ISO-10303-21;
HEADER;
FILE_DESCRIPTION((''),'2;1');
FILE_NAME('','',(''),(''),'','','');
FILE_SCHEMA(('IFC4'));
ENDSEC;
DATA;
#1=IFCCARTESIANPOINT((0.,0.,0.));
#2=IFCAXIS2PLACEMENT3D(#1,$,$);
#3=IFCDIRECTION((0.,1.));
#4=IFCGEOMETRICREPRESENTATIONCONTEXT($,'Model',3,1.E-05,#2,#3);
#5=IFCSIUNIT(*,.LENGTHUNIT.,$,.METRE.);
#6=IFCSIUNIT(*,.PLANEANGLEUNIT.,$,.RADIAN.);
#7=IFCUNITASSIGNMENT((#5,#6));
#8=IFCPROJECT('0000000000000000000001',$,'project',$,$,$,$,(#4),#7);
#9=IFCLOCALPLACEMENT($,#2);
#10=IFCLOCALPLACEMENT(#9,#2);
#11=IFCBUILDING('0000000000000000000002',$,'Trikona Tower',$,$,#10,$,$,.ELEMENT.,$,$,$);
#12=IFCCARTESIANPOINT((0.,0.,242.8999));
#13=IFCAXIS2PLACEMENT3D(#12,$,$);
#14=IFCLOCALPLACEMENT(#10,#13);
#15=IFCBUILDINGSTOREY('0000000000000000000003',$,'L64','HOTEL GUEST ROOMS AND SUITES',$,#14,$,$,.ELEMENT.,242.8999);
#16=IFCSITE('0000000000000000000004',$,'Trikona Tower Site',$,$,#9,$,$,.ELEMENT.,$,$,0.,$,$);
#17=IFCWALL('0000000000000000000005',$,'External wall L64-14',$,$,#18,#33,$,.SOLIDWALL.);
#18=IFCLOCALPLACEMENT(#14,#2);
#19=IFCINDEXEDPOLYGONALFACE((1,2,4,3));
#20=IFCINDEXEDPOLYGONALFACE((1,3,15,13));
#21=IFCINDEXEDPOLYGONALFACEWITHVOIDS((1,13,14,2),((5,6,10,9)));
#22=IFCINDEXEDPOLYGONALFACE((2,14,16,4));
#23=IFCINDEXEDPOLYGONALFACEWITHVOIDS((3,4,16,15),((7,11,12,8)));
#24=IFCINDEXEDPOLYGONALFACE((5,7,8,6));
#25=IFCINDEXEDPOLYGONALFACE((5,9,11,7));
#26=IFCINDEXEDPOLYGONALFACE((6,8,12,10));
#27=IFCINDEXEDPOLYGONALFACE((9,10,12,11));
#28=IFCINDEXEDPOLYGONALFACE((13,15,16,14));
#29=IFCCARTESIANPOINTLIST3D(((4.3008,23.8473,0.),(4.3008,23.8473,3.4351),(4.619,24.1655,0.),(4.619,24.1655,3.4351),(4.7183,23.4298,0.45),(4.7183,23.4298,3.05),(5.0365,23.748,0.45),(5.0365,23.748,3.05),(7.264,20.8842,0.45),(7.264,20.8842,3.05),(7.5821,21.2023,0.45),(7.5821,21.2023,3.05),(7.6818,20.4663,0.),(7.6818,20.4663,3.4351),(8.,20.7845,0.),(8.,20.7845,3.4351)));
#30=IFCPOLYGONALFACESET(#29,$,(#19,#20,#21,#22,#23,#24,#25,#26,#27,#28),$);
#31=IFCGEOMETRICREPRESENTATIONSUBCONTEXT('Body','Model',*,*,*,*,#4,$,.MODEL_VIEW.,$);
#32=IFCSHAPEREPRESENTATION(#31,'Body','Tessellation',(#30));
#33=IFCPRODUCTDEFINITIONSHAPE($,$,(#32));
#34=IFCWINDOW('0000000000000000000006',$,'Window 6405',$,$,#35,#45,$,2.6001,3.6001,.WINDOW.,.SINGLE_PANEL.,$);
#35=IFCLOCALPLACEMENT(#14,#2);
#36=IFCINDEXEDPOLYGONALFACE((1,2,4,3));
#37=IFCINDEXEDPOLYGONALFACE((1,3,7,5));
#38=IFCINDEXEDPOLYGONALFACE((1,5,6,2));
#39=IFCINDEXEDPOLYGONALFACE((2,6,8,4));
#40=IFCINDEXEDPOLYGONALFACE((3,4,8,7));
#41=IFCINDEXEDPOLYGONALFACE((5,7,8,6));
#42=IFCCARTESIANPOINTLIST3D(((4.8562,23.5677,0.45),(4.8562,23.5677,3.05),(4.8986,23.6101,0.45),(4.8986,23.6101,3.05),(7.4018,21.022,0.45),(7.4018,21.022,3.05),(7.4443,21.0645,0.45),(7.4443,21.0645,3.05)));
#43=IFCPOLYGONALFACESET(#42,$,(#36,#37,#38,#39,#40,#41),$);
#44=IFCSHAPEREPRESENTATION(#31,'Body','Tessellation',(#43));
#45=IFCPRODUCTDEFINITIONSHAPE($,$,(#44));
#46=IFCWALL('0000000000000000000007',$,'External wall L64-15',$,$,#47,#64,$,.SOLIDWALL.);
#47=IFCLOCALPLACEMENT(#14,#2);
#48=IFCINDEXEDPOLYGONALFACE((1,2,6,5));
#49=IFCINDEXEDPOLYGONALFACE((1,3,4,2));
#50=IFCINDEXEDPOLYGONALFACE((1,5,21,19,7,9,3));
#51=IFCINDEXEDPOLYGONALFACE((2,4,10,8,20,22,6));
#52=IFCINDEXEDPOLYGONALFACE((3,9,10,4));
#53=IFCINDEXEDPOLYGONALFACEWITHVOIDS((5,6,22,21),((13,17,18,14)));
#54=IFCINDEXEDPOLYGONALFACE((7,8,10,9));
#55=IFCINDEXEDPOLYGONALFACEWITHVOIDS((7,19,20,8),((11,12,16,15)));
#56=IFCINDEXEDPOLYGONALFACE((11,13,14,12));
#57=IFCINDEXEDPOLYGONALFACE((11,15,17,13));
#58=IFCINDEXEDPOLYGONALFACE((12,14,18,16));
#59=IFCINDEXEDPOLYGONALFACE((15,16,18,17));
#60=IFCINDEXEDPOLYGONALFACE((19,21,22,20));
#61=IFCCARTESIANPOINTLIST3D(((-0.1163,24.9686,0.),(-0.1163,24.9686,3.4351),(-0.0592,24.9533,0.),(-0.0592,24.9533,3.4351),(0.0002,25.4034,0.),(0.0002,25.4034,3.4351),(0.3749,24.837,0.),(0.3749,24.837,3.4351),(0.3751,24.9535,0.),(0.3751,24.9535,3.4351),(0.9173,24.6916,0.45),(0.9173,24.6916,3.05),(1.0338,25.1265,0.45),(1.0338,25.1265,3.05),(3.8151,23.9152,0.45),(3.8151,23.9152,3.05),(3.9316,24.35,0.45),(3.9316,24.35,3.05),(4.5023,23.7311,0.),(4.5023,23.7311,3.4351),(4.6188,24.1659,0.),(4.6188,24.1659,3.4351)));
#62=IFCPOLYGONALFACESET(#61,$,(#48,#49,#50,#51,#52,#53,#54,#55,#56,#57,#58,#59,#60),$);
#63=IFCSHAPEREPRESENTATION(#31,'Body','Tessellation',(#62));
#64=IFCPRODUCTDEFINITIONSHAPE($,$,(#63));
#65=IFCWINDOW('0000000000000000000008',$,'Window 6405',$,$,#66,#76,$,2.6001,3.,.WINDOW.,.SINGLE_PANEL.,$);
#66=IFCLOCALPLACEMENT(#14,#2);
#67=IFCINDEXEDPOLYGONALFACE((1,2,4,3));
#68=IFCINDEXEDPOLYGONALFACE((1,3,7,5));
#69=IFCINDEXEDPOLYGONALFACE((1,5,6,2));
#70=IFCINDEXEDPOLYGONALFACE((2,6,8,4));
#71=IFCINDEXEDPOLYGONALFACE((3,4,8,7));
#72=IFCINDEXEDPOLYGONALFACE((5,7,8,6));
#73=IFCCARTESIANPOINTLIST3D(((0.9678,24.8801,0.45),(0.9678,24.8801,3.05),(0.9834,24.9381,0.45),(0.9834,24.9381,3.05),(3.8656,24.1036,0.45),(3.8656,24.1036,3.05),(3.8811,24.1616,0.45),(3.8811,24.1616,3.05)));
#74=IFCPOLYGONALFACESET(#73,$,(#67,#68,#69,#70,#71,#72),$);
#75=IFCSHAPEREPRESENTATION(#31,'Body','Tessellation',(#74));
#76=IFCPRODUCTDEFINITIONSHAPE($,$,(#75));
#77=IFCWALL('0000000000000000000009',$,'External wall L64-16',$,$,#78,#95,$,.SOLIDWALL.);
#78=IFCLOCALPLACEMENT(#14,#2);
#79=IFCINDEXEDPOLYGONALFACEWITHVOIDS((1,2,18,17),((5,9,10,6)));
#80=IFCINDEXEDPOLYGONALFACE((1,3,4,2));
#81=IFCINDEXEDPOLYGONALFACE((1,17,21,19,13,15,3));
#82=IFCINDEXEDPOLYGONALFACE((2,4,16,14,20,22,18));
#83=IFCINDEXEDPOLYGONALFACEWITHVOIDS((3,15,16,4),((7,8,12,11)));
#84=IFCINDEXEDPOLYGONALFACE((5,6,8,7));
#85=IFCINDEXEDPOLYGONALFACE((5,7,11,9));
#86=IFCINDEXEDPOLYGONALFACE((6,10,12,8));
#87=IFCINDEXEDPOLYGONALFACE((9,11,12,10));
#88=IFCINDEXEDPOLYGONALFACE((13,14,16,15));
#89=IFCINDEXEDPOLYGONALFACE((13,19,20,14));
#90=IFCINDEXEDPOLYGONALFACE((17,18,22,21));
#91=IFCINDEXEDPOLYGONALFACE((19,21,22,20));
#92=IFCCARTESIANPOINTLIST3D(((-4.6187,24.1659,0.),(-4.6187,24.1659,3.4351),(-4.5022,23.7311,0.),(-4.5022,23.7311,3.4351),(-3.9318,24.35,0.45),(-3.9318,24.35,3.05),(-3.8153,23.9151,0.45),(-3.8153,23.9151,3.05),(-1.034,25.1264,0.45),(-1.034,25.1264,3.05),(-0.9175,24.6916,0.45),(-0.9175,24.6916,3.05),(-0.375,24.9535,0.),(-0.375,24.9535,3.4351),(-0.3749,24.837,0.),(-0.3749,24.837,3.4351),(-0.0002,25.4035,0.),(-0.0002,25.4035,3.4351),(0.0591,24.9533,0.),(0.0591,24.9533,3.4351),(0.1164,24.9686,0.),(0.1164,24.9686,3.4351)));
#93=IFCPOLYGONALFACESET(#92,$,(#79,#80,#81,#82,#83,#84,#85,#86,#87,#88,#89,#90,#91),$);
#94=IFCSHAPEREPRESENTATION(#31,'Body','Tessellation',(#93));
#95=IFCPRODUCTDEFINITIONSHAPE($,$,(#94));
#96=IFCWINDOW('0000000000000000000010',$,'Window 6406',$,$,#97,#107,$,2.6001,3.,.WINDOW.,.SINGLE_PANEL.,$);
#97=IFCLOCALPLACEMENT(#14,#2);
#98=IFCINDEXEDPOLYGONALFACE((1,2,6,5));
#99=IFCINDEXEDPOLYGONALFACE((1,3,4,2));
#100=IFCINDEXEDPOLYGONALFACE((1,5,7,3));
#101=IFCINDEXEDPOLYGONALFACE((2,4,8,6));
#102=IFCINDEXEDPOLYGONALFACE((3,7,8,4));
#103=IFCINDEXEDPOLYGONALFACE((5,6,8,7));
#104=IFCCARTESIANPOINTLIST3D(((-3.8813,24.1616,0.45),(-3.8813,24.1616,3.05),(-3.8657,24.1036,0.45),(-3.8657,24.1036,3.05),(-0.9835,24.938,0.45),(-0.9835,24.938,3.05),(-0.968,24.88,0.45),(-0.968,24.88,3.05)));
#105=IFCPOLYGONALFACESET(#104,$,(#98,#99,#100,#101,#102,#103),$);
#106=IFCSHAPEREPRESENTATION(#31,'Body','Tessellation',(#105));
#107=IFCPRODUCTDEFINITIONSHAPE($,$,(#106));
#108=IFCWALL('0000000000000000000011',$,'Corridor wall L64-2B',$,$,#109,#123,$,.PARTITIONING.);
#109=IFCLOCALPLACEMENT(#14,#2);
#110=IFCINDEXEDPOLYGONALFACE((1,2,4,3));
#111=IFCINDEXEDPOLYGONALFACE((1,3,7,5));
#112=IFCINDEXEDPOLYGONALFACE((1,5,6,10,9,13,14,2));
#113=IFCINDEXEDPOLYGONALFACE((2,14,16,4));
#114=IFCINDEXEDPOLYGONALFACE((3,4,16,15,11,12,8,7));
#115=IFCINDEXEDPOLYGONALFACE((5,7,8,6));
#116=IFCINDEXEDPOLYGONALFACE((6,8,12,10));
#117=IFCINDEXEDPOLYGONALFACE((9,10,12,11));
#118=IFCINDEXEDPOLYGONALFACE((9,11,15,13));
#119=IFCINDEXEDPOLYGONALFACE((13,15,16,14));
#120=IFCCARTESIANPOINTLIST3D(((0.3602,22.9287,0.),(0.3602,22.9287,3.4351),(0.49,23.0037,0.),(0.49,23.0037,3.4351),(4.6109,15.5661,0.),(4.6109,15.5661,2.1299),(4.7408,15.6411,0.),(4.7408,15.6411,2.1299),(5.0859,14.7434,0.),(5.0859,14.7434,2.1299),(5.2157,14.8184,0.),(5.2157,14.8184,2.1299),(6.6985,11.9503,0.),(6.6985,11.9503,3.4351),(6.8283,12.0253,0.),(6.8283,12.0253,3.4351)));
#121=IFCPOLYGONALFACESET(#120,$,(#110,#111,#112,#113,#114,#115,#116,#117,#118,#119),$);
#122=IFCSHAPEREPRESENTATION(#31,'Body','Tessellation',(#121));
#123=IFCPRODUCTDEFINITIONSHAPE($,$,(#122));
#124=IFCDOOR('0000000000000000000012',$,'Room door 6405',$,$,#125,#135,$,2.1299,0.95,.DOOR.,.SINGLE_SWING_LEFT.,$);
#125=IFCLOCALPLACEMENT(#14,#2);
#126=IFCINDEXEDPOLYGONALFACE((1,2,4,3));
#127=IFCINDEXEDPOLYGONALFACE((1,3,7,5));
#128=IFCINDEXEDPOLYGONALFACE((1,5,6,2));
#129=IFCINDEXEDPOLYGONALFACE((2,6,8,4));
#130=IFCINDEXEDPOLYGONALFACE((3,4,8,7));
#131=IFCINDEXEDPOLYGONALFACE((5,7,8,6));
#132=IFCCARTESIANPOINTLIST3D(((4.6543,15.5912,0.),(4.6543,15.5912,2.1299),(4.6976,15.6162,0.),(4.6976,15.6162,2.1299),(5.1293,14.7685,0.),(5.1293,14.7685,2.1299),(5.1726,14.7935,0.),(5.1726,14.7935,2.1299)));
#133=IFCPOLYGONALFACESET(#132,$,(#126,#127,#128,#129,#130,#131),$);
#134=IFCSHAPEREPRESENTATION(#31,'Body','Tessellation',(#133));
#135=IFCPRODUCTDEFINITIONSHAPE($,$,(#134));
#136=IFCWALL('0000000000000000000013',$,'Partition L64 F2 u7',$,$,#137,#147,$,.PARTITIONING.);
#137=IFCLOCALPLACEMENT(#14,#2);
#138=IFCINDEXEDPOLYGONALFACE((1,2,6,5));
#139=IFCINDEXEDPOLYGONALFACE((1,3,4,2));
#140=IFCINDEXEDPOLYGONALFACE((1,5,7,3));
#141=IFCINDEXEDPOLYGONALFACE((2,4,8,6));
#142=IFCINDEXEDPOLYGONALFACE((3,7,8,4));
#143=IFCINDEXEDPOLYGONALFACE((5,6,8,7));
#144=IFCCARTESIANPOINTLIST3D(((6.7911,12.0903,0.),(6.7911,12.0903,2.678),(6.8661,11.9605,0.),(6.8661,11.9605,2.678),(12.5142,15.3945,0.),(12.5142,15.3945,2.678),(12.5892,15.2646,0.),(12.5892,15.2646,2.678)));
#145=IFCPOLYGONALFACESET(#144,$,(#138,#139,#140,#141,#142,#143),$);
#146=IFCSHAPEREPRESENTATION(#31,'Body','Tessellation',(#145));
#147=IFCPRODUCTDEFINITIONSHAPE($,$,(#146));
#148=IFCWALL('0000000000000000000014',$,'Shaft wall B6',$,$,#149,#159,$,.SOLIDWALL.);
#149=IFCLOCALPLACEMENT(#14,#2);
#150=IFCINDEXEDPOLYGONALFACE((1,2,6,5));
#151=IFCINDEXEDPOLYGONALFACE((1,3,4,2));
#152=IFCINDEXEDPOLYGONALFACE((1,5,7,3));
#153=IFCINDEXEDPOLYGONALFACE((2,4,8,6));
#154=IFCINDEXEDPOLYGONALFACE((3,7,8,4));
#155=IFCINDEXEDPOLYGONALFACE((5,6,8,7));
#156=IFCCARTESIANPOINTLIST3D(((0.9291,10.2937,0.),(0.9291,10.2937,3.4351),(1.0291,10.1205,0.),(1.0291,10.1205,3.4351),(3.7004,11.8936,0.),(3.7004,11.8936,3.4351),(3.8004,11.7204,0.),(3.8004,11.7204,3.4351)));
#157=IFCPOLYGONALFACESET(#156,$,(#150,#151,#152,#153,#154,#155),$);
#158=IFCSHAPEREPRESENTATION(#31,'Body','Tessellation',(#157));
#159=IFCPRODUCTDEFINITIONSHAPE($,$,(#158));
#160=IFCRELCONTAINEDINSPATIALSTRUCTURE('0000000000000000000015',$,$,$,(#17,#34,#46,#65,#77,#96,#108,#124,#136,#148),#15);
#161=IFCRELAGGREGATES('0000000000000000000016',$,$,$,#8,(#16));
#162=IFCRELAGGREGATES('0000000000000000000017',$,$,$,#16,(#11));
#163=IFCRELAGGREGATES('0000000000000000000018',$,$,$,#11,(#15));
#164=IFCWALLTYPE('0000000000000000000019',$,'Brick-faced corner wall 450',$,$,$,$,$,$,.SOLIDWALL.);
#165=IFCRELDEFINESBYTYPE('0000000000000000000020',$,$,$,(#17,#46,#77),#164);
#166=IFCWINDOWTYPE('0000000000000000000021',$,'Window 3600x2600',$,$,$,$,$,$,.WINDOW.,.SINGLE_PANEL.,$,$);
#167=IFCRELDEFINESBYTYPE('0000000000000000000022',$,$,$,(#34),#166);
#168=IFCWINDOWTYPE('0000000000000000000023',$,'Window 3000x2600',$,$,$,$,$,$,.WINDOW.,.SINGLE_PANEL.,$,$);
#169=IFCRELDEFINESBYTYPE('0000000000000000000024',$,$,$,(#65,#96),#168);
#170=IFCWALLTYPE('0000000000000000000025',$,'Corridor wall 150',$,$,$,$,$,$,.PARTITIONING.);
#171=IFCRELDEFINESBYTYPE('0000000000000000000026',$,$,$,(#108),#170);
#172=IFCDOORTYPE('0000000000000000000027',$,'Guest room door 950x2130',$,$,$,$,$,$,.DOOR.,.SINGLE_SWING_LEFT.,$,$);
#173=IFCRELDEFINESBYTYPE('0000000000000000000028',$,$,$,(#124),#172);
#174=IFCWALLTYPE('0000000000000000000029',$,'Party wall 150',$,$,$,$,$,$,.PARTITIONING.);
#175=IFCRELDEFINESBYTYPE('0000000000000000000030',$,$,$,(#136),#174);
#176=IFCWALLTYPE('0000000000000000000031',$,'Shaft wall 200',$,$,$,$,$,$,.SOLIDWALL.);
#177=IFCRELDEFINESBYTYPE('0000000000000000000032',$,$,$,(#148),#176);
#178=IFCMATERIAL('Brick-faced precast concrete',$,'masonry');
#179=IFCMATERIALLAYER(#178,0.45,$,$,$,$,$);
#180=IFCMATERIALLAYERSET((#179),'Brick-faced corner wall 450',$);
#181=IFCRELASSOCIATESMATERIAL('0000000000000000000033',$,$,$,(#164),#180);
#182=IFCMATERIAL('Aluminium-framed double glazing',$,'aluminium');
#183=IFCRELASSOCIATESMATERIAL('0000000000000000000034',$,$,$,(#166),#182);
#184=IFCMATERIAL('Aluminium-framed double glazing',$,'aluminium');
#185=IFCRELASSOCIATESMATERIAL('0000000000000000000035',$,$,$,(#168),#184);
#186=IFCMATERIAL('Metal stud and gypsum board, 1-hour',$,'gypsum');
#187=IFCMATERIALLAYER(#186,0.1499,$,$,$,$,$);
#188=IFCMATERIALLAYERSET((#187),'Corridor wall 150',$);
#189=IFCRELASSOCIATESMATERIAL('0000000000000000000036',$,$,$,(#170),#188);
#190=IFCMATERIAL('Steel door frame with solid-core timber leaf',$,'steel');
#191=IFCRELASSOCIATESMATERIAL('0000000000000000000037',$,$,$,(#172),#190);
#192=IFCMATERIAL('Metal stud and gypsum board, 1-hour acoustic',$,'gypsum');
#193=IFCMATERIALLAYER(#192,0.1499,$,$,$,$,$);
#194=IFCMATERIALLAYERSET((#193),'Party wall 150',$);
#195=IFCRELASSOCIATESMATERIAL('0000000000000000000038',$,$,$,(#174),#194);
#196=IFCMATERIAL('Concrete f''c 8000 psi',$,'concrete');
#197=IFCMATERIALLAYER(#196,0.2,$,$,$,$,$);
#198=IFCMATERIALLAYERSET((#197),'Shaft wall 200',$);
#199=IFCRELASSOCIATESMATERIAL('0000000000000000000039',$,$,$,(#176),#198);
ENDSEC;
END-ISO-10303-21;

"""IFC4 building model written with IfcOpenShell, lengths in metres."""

from ifc_helpers import new_model, si_unit, direction, frame, frame_2d, origin, place, context, subcontext, project, spatial, polyline, rectangle, outline, extrude, material, layer, layer_set, type_object, element, fill, save


model = new_model("IFC4")

# Units and contexts
model_context = context("Model", 3, precision=1e-05, world=origin(), true_north=direction((0.0, 1.0)))
body_context = subcontext(model_context, "Body", "Model", "MODEL_VIEW")
ifc_project = project(units=[si_unit("LENGTHUNIT", "METRE"), si_unit("PLANEANGLEUNIT", "RADIAN")], contexts=[model_context])

# Site, building, storey
site_placement = place(None, origin())
site = spatial("IfcSite", under=ifc_project, at=site_placement, Name="Trikona Tower Site", CompositionType="ELEMENT", RefElevation=0.0)
building_placement = place(site_placement, origin())
building = spatial("IfcBuilding", under=site, at=building_placement, Name="Trikona Tower", CompositionType="ELEMENT")
storey_placement = place(building_placement, frame((0.0, 0.0, 242.8999)))
storey = spatial("IfcBuildingStorey", under=building, at=storey_placement, Name="L64", Description="HOTEL GUEST ROOMS AND SUITES", CompositionType="ELEMENT", Elevation=242.8999)

# Walls, openings, windows
ifc_material_1 = material(Name="Brick-faced precast concrete", Category="masonry")
ifc_layer_1 = layer(ifc_material_1, 0.45)
ifc_layer_set_1 = layer_set([ifc_layer_1], Name="Brick-faced corner wall 450")
wall_type_1 = type_object("IfcWallType", Name="Brick-faced corner wall 450", PredefinedType="SOLIDWALL", material=ifc_layer_set_1)
wall_1_placement = place(storey_placement, frame((7.8408, 20.6255, 0.0), z_axis=(0.0, 0.0, 1.0), x_axis=(-0.707107, 0.707107, 0.0)))
wall_1 = element("IfcWall", 1, at=wall_1_placement, inside=storey, type_object=wall_type_1, Name="External wall L64-14", PredefinedType="SOLIDWALL", context=body_context, shape_type="SweptSolid", body=[
    extrude(rectangle(XDim=4.7815, YDim=0.45, at=frame_2d((2.3906, 0.0))), origin(), (0.0, 0.0, 1.0), 3.4351),
])
opening_1_placement = place(wall_1_placement, frame((0.5908, 0.0, 0.45)))
opening_1 = element("IfcOpeningElement", 2, at=opening_1_placement, cuts=wall_1, PredefinedType="OPENING", context=body_context, shape_type="SweptSolid", body=[
    extrude(rectangle(XDim=3.6001, YDim=2.6001, at=frame_2d((1.8, 1.3))), frame((0.0, 0.2349, 0.0), z_axis=(0.0, -1.0, 0.0), x_axis=(1.0, 0.0, 0.0)), (0.0, 0.0, 1.0), 0.47),
])
ifc_material_2 = material(Name="Aluminium-framed double glazing", Category="aluminium")
window_type_1 = type_object("IfcWindowType", Name="Window 3600x2600", PartitioningType="SINGLE_PANEL", PredefinedType="WINDOW", material=ifc_material_2)
window_1_placement = place(opening_1_placement, origin())
window_1 = element("IfcWindow", 3, at=window_1_placement, inside=storey, type_object=window_type_1, Name="Window 6405", OverallHeight=2.6001, OverallWidth=3.6001, PartitioningType="SINGLE_PANEL", PredefinedType="WINDOW", context=body_context, shape_type="SweptSolid", body=[
    extrude(rectangle(XDim=3.6001, YDim=2.6001, at=frame_2d((1.8, 1.3))), frame((0.0, 0.03, 0.0), z_axis=(0.0, -1.0, 0.0), x_axis=(1.0, 0.0, 0.0)), (0.0, 0.0, 1.0), 0.0601),
])
fill(opening_1, window_1)
wall_2_placement = place(storey_placement, frame((4.5605, 23.9485, 0.0), z_axis=(0.0, 0.0, 1.0), x_axis=(-0.965927, 0.258816, 0.0)))
wall_2 = element("IfcWall", 4, at=wall_2_placement, inside=storey, type_object=wall_type_1, Name="External wall L64-15", PredefinedType="SOLIDWALL", context=body_context, shape_type="SweptSolid", body=[
    extrude(outline(polyline([(4.7815, 0.2251), (4.7224, 0.2251), (4.303, 0.1125), (4.2729, 0.2251), (0.0, 0.2251), (0.0, -0.2251), (4.7815, -0.2251), (4.7815, 0.2251)])), origin(), (0.0, 0.0, 1.0), 3.4351),
])
opening_2_placement = place(wall_2_placement, frame((0.7114, 0.0, 0.45)))
opening_2 = element("IfcOpeningElement", 5, at=opening_2_placement, cuts=wall_2, PredefinedType="OPENING", context=body_context, shape_type="SweptSolid", body=[
    extrude(rectangle(XDim=3.0, YDim=2.6001, at=frame_2d((1.5, 1.3))), frame((0.0, 0.2349, 0.0), z_axis=(0.0, -1.0, 0.0), x_axis=(1.0, 0.0, 0.0)), (0.0, 0.0, 1.0), 0.47),
])
ifc_material_3 = material(Name="Aluminium-framed double glazing", Category="aluminium")
window_type_2 = type_object("IfcWindowType", Name="Window 3000x2600", PartitioningType="SINGLE_PANEL", PredefinedType="WINDOW", material=ifc_material_3)
window_2_placement = place(opening_2_placement, origin())
window_2 = element("IfcWindow", 6, at=window_2_placement, inside=storey, type_object=window_type_2, Name="Window 6405", OverallHeight=2.6001, OverallWidth=3.0, PartitioningType="SINGLE_PANEL", PredefinedType="WINDOW", context=body_context, shape_type="SweptSolid", body=[
    extrude(rectangle(XDim=3.0, YDim=2.6001, at=frame_2d((1.5, 1.3))), frame((0.0, 0.03, 0.0), z_axis=(0.0, -1.0, 0.0), x_axis=(1.0, 0.0, 0.0)), (0.0, 0.0, 1.0), 0.0601),
])
fill(opening_2, window_2)
wall_3_placement = place(storey_placement, frame((0.0581, 25.186, 0.0), z_axis=(0.0, 0.0, 1.0), x_axis=(-0.965927, -0.258816, 0.0)))
wall_3 = element("IfcWall", 7, at=wall_3_placement, inside=storey, type_object=wall_type_1, Name="External wall L64-16", PredefinedType="SOLIDWALL", context=body_context, shape_type="SweptSolid", body=[
    extrude(outline(polyline([(4.7815, 0.2251), (0.5085, 0.2251), (0.4785, 0.1125), (0.0593, 0.2251), (0.0, 0.2251), (0.0, -0.2251), (4.7815, -0.2251), (4.7815, 0.2251)])), origin(), (0.0, 0.0, 1.0), 3.4351),
])
opening_3_placement = place(wall_3_placement, frame((1.0703, 0.0, 0.45)))
opening_3 = element("IfcOpeningElement", 8, at=opening_3_placement, cuts=wall_3, PredefinedType="OPENING", context=body_context, shape_type="SweptSolid", body=[
    extrude(rectangle(XDim=3.0, YDim=2.6001, at=frame_2d((1.5, 1.3))), frame((0.0, 0.2349, 0.0), z_axis=(0.0, -1.0, 0.0), x_axis=(1.0, 0.0, 0.0)), (0.0, 0.0, 1.0), 0.47),
])
window_3_placement = place(opening_3_placement, origin())
window_3 = element("IfcWindow", 9, at=window_3_placement, inside=storey, type_object=window_type_2, Name="Window 6406", OverallHeight=2.6001, OverallWidth=3.0, PartitioningType="SINGLE_PANEL", PredefinedType="WINDOW", context=body_context, shape_type="SweptSolid", body=[
    extrude(rectangle(XDim=3.0, YDim=2.6001, at=frame_2d((1.5, 1.3))), frame((0.0, 0.03, 0.0), z_axis=(0.0, -1.0, 0.0), x_axis=(1.0, 0.0, 0.0)), (0.0, 0.0, 1.0), 0.0601),
])
fill(opening_3, window_3)

# Wall, opening, door
ifc_material_4 = material(Name="Metal stud and gypsum board, 1-hour", Category="gypsum")
ifc_layer_2 = layer(ifc_material_4, 0.1499)
ifc_layer_set_2 = layer_set([ifc_layer_2], Name="Corridor wall 150")
wall_type_2 = type_object("IfcWallType", Name="Corridor wall 150", PredefinedType="PARTITIONING", material=ifc_layer_set_2)
wall_4_placement = place(storey_placement, frame((6.7634, 11.9878, 0.0), z_axis=(0.0, 0.0, 1.0), x_axis=(-0.499996, 0.866028, 0.0)))
wall_4 = element("IfcWall", 10, at=wall_4_placement, inside=storey, type_object=wall_type_2, Name="Corridor wall L64-2B", PredefinedType="PARTITIONING", context=body_context, shape_type="SweptSolid", body=[
    extrude(rectangle(XDim=12.6768, YDim=0.1499, at=frame_2d((6.3384, 0.0))), origin(), (0.0, 0.0, 1.0), 3.4351),
])
opening_4_placement = place(wall_4_placement, frame((3.2251, 0.0, 0.0)))
opening_4 = element("IfcOpeningElement", 11, at=opening_4_placement, cuts=wall_4, PredefinedType="OPENING", context=body_context, shape_type="SweptSolid", body=[
    extrude(rectangle(XDim=0.95, YDim=2.1299, at=frame_2d((0.4751, 1.0649))), frame((0.0, 0.085, 0.0), z_axis=(0.0, -1.0, 0.0), x_axis=(1.0, 0.0, 0.0)), (0.0, 0.0, 1.0), 0.1699),
])
ifc_material_5 = material(Name="Steel door frame with solid-core timber leaf", Category="steel")
door_type_1 = type_object("IfcDoorType", Name="Guest room door 950x2130", OperationType="SINGLE_SWING_LEFT", PredefinedType="DOOR", material=ifc_material_5)
door_1_placement = place(opening_4_placement, origin())
door_1 = element("IfcDoor", 12, at=door_1_placement, inside=storey, type_object=door_type_1, Name="Room door 6405", OperationType="SINGLE_SWING_LEFT", OverallHeight=2.1299, OverallWidth=0.95, PredefinedType="DOOR", context=body_context, shape_type="SweptSolid", body=[
    extrude(rectangle(XDim=0.95, YDim=2.1299, at=frame_2d((0.4751, 1.0649))), frame((0.0, 0.0249, 0.0), z_axis=(0.0, -1.0, 0.0), x_axis=(1.0, 0.0, 0.0)), (0.0, 0.0, 1.0), 0.05),
])
fill(opening_4, door_1)

# Walls
ifc_material_6 = material(Name="Metal stud and gypsum board, 1-hour acoustic", Category="gypsum")
ifc_layer_3 = layer(ifc_material_6, 0.1499)
ifc_layer_set_3 = layer_set([ifc_layer_3], Name="Party wall 150")
wall_type_3 = type_object("IfcWallType", Name="Party wall 150", PredefinedType="PARTITIONING", material=ifc_layer_set_3)
wall_5_placement = place(storey_placement, frame((6.8286, 12.0254, 0.0), z_axis=(0.0, 0.0, 1.0), x_axis=(0.866029, 0.499993, 0.0)))
element("IfcWall", 13, at=wall_5_placement, inside=storey, type_object=wall_type_3, Name="Partition L64 F2 u7", PredefinedType="PARTITIONING", context=body_context, shape_type="SweptSolid", body=[
    extrude(rectangle(XDim=6.6084, YDim=0.1499, at=frame_2d((3.3042, 0.0))), origin(), (0.0, 0.0, 1.0), 2.678),
])
ifc_material_7 = material(Name="Concrete f'c 8000 psi", Category="concrete")
ifc_layer_4 = layer(ifc_material_7, 0.2)
ifc_layer_set_4 = layer_set([ifc_layer_4], Name="Shaft wall 200")
wall_type_4 = type_object("IfcWallType", Name="Shaft wall 200", PredefinedType="SOLIDWALL", material=ifc_layer_set_4)
wall_6_placement = place(storey_placement, frame((0.979, 10.207, 0.0), z_axis=(0.0, 0.0, 1.0), x_axis=(0.866042, 0.499971, 0.0)))
element("IfcWall", 14, at=wall_6_placement, inside=storey, type_object=wall_type_4, Name="Shaft wall B6", PredefinedType="SOLIDWALL", context=body_context, shape_type="SweptSolid", body=[
    extrude(rectangle(XDim=3.2, YDim=0.2, at=frame_2d((1.6001, 0.0))), origin(), (0.0, 0.0, 1.0), 3.4351),
])

save(model, "model.ifc")
